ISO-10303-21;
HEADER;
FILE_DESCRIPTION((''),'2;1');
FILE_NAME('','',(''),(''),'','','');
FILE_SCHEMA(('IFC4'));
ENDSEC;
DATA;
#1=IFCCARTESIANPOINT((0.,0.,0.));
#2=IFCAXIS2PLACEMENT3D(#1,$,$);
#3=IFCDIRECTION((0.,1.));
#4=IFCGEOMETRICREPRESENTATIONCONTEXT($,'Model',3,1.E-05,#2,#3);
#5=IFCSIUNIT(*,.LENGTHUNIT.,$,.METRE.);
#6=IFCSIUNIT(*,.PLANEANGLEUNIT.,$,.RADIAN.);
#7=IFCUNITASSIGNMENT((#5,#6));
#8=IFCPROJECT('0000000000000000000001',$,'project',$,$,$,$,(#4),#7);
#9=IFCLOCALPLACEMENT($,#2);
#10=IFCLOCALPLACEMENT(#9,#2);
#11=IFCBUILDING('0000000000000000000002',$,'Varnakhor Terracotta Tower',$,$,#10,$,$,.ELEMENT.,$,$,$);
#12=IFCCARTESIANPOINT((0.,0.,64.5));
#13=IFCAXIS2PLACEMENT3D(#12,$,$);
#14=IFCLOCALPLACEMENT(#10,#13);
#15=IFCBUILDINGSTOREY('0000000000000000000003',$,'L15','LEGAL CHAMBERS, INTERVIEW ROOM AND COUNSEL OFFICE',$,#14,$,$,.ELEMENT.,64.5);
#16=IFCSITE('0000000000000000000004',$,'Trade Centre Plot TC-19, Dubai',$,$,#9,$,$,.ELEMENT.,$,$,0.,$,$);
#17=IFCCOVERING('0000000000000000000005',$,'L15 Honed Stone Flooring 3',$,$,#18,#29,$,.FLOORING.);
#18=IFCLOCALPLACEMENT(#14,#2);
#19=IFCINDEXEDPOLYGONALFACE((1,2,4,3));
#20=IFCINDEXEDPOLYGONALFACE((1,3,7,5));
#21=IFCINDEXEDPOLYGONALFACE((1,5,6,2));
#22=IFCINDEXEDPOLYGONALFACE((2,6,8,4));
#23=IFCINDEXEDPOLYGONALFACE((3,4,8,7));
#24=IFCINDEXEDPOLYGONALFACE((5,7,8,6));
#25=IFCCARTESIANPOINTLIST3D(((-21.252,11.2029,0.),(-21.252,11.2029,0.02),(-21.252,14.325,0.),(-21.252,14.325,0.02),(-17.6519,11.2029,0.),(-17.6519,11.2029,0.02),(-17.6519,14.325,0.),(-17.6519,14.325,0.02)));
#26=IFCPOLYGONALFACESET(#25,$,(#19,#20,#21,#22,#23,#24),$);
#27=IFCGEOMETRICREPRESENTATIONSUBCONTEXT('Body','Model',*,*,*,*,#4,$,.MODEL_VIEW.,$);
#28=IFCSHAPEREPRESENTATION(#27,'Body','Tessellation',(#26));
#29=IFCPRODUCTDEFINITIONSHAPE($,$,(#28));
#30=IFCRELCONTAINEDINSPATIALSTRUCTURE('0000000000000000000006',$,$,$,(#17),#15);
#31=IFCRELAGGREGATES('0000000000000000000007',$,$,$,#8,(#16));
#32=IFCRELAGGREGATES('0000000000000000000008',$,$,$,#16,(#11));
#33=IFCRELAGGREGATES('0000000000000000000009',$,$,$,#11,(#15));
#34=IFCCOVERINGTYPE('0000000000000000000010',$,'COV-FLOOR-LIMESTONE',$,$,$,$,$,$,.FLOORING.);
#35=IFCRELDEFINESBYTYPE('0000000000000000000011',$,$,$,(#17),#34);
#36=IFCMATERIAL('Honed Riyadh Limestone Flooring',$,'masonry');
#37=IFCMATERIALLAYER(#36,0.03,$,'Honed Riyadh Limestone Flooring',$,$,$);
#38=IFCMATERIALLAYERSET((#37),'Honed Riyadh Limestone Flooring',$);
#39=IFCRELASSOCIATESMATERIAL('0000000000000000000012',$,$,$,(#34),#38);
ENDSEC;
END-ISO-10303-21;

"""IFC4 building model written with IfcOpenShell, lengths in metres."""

from ifc_helpers import new_model, si_unit, direction, frame, origin, origin_2d, place, context, subcontext, project, spatial, rectangle, extrude, source, transform, mapped, material, layer, layer_set, type_object, element, save


model = new_model("IFC4")

# Units and contexts
model_context = context("Model", 3, precision=1e-05, world=origin(), true_north=direction((0.0, 1.0)))
body_context = subcontext(model_context, "Body", "Model", "MODEL_VIEW")
ifc_project = project(units=[si_unit("LENGTHUNIT", "METRE"), si_unit("PLANEANGLEUNIT", "RADIAN")], contexts=[model_context])

# Site, building, storey
site_placement = place(None, origin())
site = spatial("IfcSite", under=ifc_project, at=site_placement, Name="Trade Centre Plot TC-19, Dubai", CompositionType="ELEMENT", RefElevation=0.0)
building_placement = place(site_placement, origin())
building = spatial("IfcBuilding", under=site, at=building_placement, Name="Varnakhor Terracotta Tower", CompositionType="ELEMENT")
storey_placement = place(building_placement, frame((0.0, 0.0, 64.5)))
storey = spatial("IfcBuildingStorey", under=building, at=storey_placement, Name="L15", Description="LEGAL CHAMBERS, INTERVIEW ROOM AND COUNSEL OFFICE", CompositionType="ELEMENT", Elevation=64.5)

# Covering
ifc_material_1 = material(Name="Honed Riyadh Limestone Flooring", Category="masonry")
ifc_layer_1 = layer(ifc_material_1, 0.03, Name="Honed Riyadh Limestone Flooring")
ifc_layer_set_1 = layer_set([ifc_layer_1], Name="Honed Riyadh Limestone Flooring")
covering_type_1 = type_object("IfcCoveringType", Name="COV-FLOOR-LIMESTONE", PredefinedType="FLOORING", material=ifc_layer_set_1)
shared_shape_1 = source(origin(), body_context, "Body", "SweptSolid", [
    extrude(rectangle(XDim=3.6001, YDim=3.1221, at=origin_2d()), origin(), (0.0, 0.0, 1.0), 0.02),
])
covering_1_placement = place(storey_placement, frame((-19.4519, 12.7639, 0.0), z_axis=(0.0, 0.0, 1.0), x_axis=(1.0, 0.0, 0.0)))
element("IfcCovering", 1, at=covering_1_placement, inside=storey, type_object=covering_type_1, Name="L15 Honed Stone Flooring 3", PredefinedType="FLOORING", context=body_context, shape_type="MappedRepresentation", body=[
    mapped(shared_shape_1, transform((0.0, 0.0, 0.0), scale=1.0)),
])

save(model, "model.ifc")
